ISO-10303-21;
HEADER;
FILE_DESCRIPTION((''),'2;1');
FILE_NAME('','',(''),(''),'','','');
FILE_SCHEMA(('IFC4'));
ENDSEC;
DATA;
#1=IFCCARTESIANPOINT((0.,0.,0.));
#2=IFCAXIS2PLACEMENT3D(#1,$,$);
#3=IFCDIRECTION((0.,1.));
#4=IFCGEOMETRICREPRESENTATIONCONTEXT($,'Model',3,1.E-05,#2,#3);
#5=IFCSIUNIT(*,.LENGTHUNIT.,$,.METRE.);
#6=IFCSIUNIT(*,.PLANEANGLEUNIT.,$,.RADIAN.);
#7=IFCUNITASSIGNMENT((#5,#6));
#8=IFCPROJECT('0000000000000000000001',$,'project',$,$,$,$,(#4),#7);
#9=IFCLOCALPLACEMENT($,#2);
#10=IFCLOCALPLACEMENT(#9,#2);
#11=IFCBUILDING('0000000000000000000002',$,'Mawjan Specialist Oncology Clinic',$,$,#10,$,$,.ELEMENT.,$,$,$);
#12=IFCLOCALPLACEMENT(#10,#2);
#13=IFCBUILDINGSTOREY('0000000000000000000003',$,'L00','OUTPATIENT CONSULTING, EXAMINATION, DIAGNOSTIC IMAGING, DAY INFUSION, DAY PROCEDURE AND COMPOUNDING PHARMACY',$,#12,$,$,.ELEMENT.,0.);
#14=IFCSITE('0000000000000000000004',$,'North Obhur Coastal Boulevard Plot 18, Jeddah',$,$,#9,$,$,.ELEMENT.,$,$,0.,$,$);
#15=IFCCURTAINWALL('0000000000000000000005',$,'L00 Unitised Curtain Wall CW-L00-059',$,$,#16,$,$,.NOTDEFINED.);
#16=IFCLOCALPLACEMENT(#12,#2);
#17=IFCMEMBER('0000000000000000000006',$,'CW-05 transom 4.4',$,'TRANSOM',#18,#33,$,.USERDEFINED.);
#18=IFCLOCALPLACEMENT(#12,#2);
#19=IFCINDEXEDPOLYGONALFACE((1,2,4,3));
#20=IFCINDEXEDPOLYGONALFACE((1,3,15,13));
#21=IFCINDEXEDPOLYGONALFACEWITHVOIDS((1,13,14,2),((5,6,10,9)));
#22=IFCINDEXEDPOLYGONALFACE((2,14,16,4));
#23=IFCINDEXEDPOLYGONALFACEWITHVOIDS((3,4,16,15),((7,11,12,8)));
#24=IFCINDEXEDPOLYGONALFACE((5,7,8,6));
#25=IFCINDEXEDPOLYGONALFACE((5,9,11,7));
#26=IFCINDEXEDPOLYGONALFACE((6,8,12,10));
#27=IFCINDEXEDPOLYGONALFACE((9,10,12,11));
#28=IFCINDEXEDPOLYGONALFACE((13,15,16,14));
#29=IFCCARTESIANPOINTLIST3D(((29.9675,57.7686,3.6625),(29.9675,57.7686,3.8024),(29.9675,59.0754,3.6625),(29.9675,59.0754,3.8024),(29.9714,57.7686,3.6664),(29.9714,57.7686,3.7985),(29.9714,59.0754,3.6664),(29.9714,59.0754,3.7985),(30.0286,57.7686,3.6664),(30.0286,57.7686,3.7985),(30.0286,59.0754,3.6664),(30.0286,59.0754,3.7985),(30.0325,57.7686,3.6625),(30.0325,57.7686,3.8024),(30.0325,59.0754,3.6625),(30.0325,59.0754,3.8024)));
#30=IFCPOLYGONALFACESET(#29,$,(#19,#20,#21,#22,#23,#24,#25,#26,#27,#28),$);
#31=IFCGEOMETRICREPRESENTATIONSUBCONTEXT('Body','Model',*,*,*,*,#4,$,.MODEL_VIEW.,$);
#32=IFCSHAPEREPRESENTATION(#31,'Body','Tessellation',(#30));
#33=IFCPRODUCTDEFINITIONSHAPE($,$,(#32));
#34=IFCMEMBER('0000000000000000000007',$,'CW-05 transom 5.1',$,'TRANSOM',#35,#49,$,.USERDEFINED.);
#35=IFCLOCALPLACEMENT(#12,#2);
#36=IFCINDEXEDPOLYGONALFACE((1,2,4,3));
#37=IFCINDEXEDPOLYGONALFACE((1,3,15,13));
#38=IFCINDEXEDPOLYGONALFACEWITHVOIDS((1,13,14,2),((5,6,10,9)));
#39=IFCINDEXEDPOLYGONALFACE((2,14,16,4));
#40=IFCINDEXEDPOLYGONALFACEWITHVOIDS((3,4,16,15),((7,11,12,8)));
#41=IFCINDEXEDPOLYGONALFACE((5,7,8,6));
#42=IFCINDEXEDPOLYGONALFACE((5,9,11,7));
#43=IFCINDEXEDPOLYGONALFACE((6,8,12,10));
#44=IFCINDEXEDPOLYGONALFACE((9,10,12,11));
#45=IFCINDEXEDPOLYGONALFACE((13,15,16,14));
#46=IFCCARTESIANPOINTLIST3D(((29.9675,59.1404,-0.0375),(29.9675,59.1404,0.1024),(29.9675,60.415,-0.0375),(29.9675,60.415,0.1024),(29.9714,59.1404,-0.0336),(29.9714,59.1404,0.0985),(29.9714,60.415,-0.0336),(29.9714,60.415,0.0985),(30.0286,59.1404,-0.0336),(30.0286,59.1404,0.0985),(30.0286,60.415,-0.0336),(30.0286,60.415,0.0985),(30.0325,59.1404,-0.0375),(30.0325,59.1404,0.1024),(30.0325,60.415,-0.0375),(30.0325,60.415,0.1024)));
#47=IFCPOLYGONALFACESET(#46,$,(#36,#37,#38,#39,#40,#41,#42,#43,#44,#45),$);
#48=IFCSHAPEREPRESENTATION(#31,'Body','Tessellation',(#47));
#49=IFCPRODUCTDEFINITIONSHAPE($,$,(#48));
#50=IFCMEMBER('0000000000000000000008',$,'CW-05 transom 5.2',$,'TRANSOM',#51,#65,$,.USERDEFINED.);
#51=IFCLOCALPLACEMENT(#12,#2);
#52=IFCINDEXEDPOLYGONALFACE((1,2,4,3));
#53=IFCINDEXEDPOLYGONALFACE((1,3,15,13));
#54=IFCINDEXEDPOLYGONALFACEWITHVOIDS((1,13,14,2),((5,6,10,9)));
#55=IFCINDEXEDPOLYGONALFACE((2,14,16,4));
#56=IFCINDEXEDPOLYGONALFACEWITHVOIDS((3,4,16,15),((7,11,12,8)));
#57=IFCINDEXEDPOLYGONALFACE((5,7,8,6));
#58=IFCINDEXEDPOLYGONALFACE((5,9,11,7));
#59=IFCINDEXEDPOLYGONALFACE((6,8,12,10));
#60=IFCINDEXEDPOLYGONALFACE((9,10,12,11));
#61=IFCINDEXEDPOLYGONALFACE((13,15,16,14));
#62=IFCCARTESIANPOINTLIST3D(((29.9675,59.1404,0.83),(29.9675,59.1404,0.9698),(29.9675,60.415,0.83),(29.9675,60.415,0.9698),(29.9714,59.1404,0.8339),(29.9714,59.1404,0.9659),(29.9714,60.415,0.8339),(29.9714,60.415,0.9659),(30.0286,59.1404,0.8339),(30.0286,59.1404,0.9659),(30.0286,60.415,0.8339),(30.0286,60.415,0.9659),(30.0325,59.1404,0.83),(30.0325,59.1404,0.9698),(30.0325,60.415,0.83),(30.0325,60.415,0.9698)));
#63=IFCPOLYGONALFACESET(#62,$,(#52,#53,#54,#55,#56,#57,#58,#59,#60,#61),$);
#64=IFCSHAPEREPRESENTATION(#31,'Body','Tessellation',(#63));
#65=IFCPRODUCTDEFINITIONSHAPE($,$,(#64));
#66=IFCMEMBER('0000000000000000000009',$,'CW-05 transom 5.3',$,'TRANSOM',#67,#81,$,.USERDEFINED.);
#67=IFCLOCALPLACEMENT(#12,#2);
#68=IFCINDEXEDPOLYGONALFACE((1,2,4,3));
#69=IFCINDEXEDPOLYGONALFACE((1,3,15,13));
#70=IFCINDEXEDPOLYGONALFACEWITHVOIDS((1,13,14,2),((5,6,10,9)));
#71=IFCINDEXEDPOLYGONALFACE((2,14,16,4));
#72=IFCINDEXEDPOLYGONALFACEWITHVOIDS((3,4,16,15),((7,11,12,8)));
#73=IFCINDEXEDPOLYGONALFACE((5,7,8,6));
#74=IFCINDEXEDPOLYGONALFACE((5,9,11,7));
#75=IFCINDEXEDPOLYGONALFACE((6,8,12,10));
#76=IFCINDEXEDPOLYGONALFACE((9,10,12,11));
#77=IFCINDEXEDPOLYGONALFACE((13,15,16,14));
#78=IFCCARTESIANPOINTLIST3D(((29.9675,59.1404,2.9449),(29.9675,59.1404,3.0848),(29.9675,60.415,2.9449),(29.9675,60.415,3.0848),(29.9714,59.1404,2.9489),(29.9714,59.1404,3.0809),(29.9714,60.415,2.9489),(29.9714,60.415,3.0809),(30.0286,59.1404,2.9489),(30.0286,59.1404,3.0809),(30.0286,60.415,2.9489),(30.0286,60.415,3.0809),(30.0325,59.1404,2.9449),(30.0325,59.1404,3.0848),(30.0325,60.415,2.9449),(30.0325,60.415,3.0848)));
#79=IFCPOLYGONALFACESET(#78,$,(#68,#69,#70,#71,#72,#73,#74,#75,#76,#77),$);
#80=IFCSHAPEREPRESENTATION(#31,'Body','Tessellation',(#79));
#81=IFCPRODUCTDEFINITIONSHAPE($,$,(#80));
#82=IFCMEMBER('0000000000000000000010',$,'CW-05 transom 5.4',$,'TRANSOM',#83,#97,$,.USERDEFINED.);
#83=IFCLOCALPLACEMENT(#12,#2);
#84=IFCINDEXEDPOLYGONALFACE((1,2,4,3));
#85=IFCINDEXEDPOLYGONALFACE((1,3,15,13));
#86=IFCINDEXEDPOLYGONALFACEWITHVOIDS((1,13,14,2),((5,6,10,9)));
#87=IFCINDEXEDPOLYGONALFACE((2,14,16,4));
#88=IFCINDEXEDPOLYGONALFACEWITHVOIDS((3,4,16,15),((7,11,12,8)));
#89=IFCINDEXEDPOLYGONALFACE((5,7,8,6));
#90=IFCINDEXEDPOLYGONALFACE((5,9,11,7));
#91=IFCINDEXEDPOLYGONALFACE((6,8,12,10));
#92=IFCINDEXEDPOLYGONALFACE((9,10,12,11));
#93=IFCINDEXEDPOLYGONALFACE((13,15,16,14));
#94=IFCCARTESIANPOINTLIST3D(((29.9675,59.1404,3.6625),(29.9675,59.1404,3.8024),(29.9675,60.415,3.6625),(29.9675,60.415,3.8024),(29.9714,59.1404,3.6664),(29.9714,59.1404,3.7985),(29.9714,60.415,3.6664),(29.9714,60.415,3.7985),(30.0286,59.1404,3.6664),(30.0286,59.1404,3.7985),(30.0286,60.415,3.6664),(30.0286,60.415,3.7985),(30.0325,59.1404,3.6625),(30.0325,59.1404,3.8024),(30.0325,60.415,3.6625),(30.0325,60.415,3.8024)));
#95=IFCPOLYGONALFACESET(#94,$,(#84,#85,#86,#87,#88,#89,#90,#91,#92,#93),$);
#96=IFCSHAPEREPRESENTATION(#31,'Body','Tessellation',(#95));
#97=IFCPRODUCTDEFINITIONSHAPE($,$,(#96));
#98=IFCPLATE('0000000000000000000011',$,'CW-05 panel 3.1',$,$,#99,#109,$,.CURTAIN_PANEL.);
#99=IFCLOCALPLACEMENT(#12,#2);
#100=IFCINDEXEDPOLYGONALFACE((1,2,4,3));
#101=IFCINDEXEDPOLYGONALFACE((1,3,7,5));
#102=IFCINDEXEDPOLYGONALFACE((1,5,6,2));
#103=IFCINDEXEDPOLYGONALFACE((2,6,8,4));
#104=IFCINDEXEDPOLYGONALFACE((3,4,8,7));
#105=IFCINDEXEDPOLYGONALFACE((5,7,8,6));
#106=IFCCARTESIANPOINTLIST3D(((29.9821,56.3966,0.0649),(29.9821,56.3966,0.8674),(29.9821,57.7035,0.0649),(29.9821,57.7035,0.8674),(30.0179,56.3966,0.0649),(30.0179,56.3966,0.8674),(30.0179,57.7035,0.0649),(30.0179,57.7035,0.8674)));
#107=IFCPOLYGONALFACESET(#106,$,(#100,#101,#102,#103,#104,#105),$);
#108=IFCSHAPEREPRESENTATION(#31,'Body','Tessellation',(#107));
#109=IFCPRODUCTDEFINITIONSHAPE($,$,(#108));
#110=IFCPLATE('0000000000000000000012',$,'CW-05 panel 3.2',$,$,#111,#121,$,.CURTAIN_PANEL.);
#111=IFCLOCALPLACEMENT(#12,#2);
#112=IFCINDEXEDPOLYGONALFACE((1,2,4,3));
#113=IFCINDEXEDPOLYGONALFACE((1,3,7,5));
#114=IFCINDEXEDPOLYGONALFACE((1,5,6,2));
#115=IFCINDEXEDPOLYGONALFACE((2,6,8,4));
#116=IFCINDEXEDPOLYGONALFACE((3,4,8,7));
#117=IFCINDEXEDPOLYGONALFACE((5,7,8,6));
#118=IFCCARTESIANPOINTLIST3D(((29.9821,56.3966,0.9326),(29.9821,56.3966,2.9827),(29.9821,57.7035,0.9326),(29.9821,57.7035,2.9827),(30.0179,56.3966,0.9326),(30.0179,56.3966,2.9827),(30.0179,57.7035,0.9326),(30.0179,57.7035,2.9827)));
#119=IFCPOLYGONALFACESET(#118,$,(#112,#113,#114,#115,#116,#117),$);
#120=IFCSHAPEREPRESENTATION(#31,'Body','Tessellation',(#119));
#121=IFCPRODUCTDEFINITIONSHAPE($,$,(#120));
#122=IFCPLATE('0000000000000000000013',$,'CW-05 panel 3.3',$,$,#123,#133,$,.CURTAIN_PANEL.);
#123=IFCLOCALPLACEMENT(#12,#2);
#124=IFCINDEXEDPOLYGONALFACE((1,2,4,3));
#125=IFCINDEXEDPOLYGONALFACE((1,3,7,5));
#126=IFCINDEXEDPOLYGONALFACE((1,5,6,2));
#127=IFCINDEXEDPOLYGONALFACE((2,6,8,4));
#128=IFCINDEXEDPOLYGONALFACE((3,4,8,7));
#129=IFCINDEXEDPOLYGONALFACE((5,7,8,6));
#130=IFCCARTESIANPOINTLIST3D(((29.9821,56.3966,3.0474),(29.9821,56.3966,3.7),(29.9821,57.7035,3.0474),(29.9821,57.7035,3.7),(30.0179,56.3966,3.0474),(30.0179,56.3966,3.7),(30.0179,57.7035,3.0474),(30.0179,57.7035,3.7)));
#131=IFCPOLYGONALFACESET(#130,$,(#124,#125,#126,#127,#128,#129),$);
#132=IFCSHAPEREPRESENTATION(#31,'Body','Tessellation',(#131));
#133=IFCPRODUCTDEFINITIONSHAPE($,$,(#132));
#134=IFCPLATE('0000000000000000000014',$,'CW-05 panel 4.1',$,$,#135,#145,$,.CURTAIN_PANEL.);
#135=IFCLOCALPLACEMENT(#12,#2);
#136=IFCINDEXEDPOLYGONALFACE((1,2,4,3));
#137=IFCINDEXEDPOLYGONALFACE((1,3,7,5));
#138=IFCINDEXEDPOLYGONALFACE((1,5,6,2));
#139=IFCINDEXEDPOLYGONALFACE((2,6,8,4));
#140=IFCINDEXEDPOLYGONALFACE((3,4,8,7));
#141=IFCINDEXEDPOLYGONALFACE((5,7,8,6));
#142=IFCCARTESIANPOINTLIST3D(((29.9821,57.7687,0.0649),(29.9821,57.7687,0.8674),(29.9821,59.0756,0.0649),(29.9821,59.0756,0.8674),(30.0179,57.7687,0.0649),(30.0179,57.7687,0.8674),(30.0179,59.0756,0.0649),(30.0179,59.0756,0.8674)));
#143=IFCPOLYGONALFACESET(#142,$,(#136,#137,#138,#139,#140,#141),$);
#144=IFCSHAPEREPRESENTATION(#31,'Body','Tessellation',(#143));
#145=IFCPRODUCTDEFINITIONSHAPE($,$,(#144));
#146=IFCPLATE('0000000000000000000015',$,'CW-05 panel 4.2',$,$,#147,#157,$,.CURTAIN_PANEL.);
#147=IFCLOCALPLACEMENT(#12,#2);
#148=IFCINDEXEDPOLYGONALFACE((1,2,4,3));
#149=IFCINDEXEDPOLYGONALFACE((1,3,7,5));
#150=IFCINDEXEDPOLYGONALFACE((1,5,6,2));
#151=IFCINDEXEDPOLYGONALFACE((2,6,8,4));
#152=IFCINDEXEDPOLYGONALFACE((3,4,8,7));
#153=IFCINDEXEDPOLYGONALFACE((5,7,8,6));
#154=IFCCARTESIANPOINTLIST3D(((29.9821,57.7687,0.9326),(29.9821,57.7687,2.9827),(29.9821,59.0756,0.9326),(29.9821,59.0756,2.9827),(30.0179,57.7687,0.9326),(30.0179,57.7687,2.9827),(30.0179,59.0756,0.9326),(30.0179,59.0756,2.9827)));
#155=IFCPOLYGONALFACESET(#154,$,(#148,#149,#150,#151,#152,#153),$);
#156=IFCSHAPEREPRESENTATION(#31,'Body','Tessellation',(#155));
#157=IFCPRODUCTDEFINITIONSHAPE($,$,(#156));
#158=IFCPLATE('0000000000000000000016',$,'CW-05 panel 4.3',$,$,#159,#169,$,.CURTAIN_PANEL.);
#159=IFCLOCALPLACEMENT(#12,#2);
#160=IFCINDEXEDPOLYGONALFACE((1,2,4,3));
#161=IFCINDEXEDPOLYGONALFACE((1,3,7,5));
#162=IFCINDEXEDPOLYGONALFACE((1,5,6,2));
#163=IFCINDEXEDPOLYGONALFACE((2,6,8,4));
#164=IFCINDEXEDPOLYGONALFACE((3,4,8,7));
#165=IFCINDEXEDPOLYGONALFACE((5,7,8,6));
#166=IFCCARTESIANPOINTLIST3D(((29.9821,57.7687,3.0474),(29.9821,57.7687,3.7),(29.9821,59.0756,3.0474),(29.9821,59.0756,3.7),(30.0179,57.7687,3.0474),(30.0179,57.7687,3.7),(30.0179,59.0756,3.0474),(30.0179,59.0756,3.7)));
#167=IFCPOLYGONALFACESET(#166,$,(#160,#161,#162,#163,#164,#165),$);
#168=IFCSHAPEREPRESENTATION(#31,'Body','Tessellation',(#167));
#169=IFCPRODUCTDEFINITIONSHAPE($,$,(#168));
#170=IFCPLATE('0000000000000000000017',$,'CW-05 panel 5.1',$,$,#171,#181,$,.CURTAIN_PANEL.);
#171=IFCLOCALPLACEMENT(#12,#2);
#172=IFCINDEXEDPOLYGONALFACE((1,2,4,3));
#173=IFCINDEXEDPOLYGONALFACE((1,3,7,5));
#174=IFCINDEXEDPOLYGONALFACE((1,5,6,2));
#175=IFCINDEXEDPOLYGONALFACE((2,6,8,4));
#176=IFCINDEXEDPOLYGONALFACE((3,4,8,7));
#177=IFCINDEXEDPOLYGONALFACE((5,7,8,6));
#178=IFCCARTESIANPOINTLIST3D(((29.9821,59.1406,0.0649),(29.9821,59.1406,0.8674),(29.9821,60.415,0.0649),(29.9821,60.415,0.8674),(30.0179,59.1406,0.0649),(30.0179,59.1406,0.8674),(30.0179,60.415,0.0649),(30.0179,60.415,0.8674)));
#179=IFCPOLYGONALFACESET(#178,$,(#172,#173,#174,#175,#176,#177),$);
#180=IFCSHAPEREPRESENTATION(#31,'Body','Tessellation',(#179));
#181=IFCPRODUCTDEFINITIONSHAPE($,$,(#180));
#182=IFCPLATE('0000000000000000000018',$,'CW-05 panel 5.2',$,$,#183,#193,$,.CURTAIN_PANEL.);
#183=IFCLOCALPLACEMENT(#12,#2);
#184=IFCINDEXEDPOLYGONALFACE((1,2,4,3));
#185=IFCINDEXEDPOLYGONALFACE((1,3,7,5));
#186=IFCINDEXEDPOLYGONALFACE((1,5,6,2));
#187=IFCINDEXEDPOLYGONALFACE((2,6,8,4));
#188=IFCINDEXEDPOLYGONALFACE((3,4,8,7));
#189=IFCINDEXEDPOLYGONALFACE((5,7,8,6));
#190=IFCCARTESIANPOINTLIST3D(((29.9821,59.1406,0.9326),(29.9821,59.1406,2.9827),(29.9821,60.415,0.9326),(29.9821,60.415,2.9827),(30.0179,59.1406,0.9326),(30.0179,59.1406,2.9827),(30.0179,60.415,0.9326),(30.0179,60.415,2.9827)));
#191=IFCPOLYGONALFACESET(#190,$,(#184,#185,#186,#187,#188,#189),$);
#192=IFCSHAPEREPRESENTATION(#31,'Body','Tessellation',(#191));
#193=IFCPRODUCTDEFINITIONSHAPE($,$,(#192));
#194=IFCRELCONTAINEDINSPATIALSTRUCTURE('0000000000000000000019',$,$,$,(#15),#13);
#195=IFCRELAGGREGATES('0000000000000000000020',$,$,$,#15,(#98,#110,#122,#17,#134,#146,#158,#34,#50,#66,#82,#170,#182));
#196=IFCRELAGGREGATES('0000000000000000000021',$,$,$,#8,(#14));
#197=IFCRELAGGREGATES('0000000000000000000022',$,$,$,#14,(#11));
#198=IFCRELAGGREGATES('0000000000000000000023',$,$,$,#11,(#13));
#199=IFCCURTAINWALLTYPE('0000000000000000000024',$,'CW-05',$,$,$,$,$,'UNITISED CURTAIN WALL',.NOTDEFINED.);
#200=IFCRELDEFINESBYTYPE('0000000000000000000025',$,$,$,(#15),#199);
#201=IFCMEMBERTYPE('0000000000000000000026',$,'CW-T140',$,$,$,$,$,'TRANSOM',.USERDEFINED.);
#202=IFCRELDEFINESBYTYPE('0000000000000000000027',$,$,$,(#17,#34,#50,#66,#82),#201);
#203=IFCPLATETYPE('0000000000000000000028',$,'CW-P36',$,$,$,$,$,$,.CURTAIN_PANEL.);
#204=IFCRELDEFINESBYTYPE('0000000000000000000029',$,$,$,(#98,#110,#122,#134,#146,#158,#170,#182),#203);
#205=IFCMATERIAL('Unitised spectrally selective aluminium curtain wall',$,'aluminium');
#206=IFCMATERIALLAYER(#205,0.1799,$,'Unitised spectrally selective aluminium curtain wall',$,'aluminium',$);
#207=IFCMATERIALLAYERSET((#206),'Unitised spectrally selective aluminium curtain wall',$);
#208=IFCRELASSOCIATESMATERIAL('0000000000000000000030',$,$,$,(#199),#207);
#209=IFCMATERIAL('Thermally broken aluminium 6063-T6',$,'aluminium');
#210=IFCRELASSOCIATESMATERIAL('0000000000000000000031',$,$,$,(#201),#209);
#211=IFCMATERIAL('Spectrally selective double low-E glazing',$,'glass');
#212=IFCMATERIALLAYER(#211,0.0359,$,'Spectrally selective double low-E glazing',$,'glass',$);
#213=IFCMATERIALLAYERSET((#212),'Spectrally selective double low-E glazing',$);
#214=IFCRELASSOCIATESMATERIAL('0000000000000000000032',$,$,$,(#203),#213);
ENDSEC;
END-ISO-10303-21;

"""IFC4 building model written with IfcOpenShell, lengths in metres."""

from ifc_helpers import new_model, si_unit, direction, frame, origin, origin_2d, place, context, subcontext, project, spatial, rectangle, hollow_rectangle, extrude, material, layer, layer_set, material_profile, profile_set, type_object, element, aggregate, save


model = new_model("IFC4")

# Units and contexts
model_context = context("Model", 3, precision=1e-05, world=origin(), true_north=direction((0.0, 1.0)))
body_context = subcontext(model_context, "Body", "Model", "MODEL_VIEW")
ifc_project = project(units=[si_unit("LENGTHUNIT", "METRE"), si_unit("PLANEANGLEUNIT", "RADIAN")], contexts=[model_context])

# Site, building, storey
site_placement = place(None, origin())
site = spatial("IfcSite", under=ifc_project, at=site_placement, Name="North Obhur Coastal Boulevard Plot 18, Jeddah", CompositionType="ELEMENT", RefElevation=0.0)
building_placement = place(site_placement, origin())
building = spatial("IfcBuilding", under=site, at=building_placement, Name="Mawjan Specialist Oncology Clinic", CompositionType="ELEMENT")
storey_placement = place(building_placement, origin())
storey = spatial("IfcBuildingStorey", under=building, at=storey_placement, Name="L00", Description="OUTPATIENT CONSULTING, EXAMINATION, DIAGNOSTIC IMAGING, DAY INFUSION, DAY PROCEDURE AND COMPOUNDING PHARMACY", CompositionType="ELEMENT", Elevation=0.0)

# Curtain wall, members, plates
ifc_material_1 = material(Name="Unitised spectrally selective aluminium curtain wall", Category="aluminium")
ifc_layer_1 = layer(ifc_material_1, 0.1799, Name="Unitised spectrally selective aluminium curtain wall", Category="aluminium")
ifc_layer_set_1 = layer_set([ifc_layer_1], Name="Unitised spectrally selective aluminium curtain wall")
curtain_wall_type = type_object("IfcCurtainWallType", Name="CW-05", ElementType="UNITISED CURTAIN WALL", PredefinedType="NOTDEFINED", material=ifc_layer_set_1)
curtain_wall_placement = place(storey_placement, origin())
curtain_wall = element("IfcCurtainWall", 1, at=curtain_wall_placement, inside=storey, type_object=curtain_wall_type, Name="L00 Unitised Curtain Wall CW-L00-059", PredefinedType="NOTDEFINED")
ifc_material_2 = material(Name="Thermally broken aluminium 6063-T6", Category="aluminium")
ifc_material_profile_1 = material_profile(ifc_material_2, hollow_rectangle(XDim=0.0649, YDim=0.1399, WallThickness=0.0039, at=origin_2d()), Name="ALU TRANSOM 140x65x4", Category="aluminium")
ifc_profile_set_1 = profile_set([ifc_material_profile_1], Name="Thermally broken aluminium 6063-T6")
member_type_1 = type_object("IfcMemberType", Name="CW-T140", ElementType="TRANSOM", PredefinedType="USERDEFINED", material=ifc_profile_set_1)
member_1_placement = place(storey_placement, frame((30.0, 57.7686, 3.7324), z_axis=(0.0, 1.0, 0.0), x_axis=(-1.0, 0.0, 0.0)))
member_1 = element("IfcMember", 2, at=member_1_placement, type_object=member_type_1, Name="CW-05 transom 4.4", ObjectType="TRANSOM", PredefinedType="USERDEFINED", context=body_context, shape_type="SweptSolid", body=[
    extrude(hollow_rectangle(XDim=0.0649, YDim=0.1399, WallThickness=0.0039, at=origin_2d()), origin(), (0.0, 0.0, 1.0), 1.3069),
])
member_2_placement = place(storey_placement, frame((30.0, 59.1404, 0.0325), z_axis=(0.0, 1.0, 0.0), x_axis=(-1.0, 0.0, 0.0)))
member_2 = element("IfcMember", 3, at=member_2_placement, type_object=member_type_1, Name="CW-05 transom 5.1", ObjectType="TRANSOM", PredefinedType="USERDEFINED", context=body_context, shape_type="SweptSolid", body=[
    extrude(hollow_rectangle(XDim=0.0649, YDim=0.1399, WallThickness=0.0039, at=origin_2d()), origin(), (0.0, 0.0, 1.0), 1.2747),
])
member_3_placement = place(storey_placement, frame((30.0, 59.1404, 0.8999), z_axis=(0.0, 1.0, 0.0), x_axis=(-1.0, 0.0, 0.0)))
member_3 = element("IfcMember", 4, at=member_3_placement, type_object=member_type_1, Name="CW-05 transom 5.2", ObjectType="TRANSOM", PredefinedType="USERDEFINED", context=body_context, shape_type="SweptSolid", body=[
    extrude(hollow_rectangle(XDim=0.0649, YDim=0.1399, WallThickness=0.0039, at=origin_2d()), origin(), (0.0, 0.0, 1.0), 1.2747),
])
member_4_placement = place(storey_placement, frame((30.0, 59.1404, 3.0149), z_axis=(0.0, 1.0, 0.0), x_axis=(-1.0, 0.0, 0.0)))
member_4 = element("IfcMember", 5, at=member_4_placement, type_object=member_type_1, Name="CW-05 transom 5.3", ObjectType="TRANSOM", PredefinedType="USERDEFINED", context=body_context, shape_type="SweptSolid", body=[
    extrude(hollow_rectangle(XDim=0.0649, YDim=0.1399, WallThickness=0.0039, at=origin_2d()), origin(), (0.0, 0.0, 1.0), 1.2747),
])
member_5_placement = place(storey_placement, frame((30.0, 59.1404, 3.7324), z_axis=(0.0, 1.0, 0.0), x_axis=(-1.0, 0.0, 0.0)))
member_5 = element("IfcMember", 6, at=member_5_placement, type_object=member_type_1, Name="CW-05 transom 5.4", ObjectType="TRANSOM", PredefinedType="USERDEFINED", context=body_context, shape_type="SweptSolid", body=[
    extrude(hollow_rectangle(XDim=0.0649, YDim=0.1399, WallThickness=0.0039, at=origin_2d()), origin(), (0.0, 0.0, 1.0), 1.2747),
])
ifc_material_3 = material(Name="Spectrally selective double low-E glazing", Category="glass")
ifc_layer_2 = layer(ifc_material_3, 0.0359, Name="Spectrally selective double low-E glazing", Category="glass")
ifc_layer_set_2 = layer_set([ifc_layer_2], Name="Spectrally selective double low-E glazing")
plate_type = type_object("IfcPlateType", Name="CW-P36", PredefinedType="CURTAIN_PANEL", material=ifc_layer_set_2)
plate_1_placement = place(storey_placement, frame((30.0, 57.05, 0.0649), z_axis=(0.0, 0.0, 1.0), x_axis=(0.0, 1.0, 0.0)))
plate_1 = element("IfcPlate", 7, at=plate_1_placement, type_object=plate_type, Name="CW-05 panel 3.1", PredefinedType="CURTAIN_PANEL", context=body_context, shape_type="SweptSolid", body=[
    extrude(rectangle(XDim=1.3069, YDim=0.0359, at=origin_2d()), origin(), (0.0, 0.0, 1.0), 0.8025),
])
plate_2_placement = place(storey_placement, frame((30.0, 57.05, 0.9326), z_axis=(0.0, 0.0, 1.0), x_axis=(0.0, 1.0, 0.0)))
plate_2 = element("IfcPlate", 8, at=plate_2_placement, type_object=plate_type, Name="CW-05 panel 3.2", PredefinedType="CURTAIN_PANEL", context=body_context, shape_type="SweptSolid", body=[
    extrude(rectangle(XDim=1.3069, YDim=0.0359, at=origin_2d()), origin(), (0.0, 0.0, 1.0), 2.05),
])
plate_3_placement = place(storey_placement, frame((30.0, 57.05, 3.0474), z_axis=(0.0, 0.0, 1.0), x_axis=(0.0, 1.0, 0.0)))
plate_3 = element("IfcPlate", 9, at=plate_3_placement, type_object=plate_type, Name="CW-05 panel 3.3", PredefinedType="CURTAIN_PANEL", context=body_context, shape_type="SweptSolid", body=[
    extrude(rectangle(XDim=1.3069, YDim=0.0359, at=origin_2d()), origin(), (0.0, 0.0, 1.0), 0.6526),
])
plate_4_placement = place(storey_placement, frame((30.0, 58.4221, 0.0649), z_axis=(0.0, 0.0, 1.0), x_axis=(0.0, 1.0, 0.0)))
plate_4 = element("IfcPlate", 10, at=plate_4_placement, type_object=plate_type, Name="CW-05 panel 4.1", PredefinedType="CURTAIN_PANEL", context=body_context, shape_type="SweptSolid", body=[
    extrude(rectangle(XDim=1.3069, YDim=0.0359, at=origin_2d()), origin(), (0.0, 0.0, 1.0), 0.8025),
])
plate_5_placement = place(storey_placement, frame((30.0, 58.4221, 0.9326), z_axis=(0.0, 0.0, 1.0), x_axis=(0.0, 1.0, 0.0)))
plate_5 = element("IfcPlate", 11, at=plate_5_placement, type_object=plate_type, Name="CW-05 panel 4.2", PredefinedType="CURTAIN_PANEL", context=body_context, shape_type="SweptSolid", body=[
    extrude(rectangle(XDim=1.3069, YDim=0.0359, at=origin_2d()), origin(), (0.0, 0.0, 1.0), 2.05),
])
plate_6_placement = place(storey_placement, frame((30.0, 58.4221, 3.0474), z_axis=(0.0, 0.0, 1.0), x_axis=(0.0, 1.0, 0.0)))
plate_6 = element("IfcPlate", 12, at=plate_6_placement, type_object=plate_type, Name="CW-05 panel 4.3", PredefinedType="CURTAIN_PANEL", context=body_context, shape_type="SweptSolid", body=[
    extrude(rectangle(XDim=1.3069, YDim=0.0359, at=origin_2d()), origin(), (0.0, 0.0, 1.0), 0.6526),
])
plate_7_placement = place(storey_placement, frame((30.0, 59.7778, 0.0649), z_axis=(0.0, 0.0, 1.0), x_axis=(0.0, 1.0, 0.0)))
plate_7 = element("IfcPlate", 13, at=plate_7_placement, type_object=plate_type, Name="CW-05 panel 5.1", PredefinedType="CURTAIN_PANEL", context=body_context, shape_type="SweptSolid", body=[
    extrude(rectangle(XDim=1.2744, YDim=0.0359, at=origin_2d()), origin(), (0.0, 0.0, 1.0), 0.8025),
])
plate_8_placement = place(storey_placement, frame((30.0, 59.7778, 0.9326), z_axis=(0.0, 0.0, 1.0), x_axis=(0.0, 1.0, 0.0)))
plate_8 = element("IfcPlate", 14, at=plate_8_placement, type_object=plate_type, Name="CW-05 panel 5.2", PredefinedType="CURTAIN_PANEL", context=body_context, shape_type="SweptSolid", body=[
    extrude(rectangle(XDim=1.2744, YDim=0.0359, at=origin_2d()), origin(), (0.0, 0.0, 1.0), 2.05),
])
aggregate(curtain_wall, [plate_1, plate_2, plate_3, member_1, plate_4, plate_5, plate_6, member_2, member_3, member_4, member_5, plate_7, plate_8])

save(model, "model.ifc")
